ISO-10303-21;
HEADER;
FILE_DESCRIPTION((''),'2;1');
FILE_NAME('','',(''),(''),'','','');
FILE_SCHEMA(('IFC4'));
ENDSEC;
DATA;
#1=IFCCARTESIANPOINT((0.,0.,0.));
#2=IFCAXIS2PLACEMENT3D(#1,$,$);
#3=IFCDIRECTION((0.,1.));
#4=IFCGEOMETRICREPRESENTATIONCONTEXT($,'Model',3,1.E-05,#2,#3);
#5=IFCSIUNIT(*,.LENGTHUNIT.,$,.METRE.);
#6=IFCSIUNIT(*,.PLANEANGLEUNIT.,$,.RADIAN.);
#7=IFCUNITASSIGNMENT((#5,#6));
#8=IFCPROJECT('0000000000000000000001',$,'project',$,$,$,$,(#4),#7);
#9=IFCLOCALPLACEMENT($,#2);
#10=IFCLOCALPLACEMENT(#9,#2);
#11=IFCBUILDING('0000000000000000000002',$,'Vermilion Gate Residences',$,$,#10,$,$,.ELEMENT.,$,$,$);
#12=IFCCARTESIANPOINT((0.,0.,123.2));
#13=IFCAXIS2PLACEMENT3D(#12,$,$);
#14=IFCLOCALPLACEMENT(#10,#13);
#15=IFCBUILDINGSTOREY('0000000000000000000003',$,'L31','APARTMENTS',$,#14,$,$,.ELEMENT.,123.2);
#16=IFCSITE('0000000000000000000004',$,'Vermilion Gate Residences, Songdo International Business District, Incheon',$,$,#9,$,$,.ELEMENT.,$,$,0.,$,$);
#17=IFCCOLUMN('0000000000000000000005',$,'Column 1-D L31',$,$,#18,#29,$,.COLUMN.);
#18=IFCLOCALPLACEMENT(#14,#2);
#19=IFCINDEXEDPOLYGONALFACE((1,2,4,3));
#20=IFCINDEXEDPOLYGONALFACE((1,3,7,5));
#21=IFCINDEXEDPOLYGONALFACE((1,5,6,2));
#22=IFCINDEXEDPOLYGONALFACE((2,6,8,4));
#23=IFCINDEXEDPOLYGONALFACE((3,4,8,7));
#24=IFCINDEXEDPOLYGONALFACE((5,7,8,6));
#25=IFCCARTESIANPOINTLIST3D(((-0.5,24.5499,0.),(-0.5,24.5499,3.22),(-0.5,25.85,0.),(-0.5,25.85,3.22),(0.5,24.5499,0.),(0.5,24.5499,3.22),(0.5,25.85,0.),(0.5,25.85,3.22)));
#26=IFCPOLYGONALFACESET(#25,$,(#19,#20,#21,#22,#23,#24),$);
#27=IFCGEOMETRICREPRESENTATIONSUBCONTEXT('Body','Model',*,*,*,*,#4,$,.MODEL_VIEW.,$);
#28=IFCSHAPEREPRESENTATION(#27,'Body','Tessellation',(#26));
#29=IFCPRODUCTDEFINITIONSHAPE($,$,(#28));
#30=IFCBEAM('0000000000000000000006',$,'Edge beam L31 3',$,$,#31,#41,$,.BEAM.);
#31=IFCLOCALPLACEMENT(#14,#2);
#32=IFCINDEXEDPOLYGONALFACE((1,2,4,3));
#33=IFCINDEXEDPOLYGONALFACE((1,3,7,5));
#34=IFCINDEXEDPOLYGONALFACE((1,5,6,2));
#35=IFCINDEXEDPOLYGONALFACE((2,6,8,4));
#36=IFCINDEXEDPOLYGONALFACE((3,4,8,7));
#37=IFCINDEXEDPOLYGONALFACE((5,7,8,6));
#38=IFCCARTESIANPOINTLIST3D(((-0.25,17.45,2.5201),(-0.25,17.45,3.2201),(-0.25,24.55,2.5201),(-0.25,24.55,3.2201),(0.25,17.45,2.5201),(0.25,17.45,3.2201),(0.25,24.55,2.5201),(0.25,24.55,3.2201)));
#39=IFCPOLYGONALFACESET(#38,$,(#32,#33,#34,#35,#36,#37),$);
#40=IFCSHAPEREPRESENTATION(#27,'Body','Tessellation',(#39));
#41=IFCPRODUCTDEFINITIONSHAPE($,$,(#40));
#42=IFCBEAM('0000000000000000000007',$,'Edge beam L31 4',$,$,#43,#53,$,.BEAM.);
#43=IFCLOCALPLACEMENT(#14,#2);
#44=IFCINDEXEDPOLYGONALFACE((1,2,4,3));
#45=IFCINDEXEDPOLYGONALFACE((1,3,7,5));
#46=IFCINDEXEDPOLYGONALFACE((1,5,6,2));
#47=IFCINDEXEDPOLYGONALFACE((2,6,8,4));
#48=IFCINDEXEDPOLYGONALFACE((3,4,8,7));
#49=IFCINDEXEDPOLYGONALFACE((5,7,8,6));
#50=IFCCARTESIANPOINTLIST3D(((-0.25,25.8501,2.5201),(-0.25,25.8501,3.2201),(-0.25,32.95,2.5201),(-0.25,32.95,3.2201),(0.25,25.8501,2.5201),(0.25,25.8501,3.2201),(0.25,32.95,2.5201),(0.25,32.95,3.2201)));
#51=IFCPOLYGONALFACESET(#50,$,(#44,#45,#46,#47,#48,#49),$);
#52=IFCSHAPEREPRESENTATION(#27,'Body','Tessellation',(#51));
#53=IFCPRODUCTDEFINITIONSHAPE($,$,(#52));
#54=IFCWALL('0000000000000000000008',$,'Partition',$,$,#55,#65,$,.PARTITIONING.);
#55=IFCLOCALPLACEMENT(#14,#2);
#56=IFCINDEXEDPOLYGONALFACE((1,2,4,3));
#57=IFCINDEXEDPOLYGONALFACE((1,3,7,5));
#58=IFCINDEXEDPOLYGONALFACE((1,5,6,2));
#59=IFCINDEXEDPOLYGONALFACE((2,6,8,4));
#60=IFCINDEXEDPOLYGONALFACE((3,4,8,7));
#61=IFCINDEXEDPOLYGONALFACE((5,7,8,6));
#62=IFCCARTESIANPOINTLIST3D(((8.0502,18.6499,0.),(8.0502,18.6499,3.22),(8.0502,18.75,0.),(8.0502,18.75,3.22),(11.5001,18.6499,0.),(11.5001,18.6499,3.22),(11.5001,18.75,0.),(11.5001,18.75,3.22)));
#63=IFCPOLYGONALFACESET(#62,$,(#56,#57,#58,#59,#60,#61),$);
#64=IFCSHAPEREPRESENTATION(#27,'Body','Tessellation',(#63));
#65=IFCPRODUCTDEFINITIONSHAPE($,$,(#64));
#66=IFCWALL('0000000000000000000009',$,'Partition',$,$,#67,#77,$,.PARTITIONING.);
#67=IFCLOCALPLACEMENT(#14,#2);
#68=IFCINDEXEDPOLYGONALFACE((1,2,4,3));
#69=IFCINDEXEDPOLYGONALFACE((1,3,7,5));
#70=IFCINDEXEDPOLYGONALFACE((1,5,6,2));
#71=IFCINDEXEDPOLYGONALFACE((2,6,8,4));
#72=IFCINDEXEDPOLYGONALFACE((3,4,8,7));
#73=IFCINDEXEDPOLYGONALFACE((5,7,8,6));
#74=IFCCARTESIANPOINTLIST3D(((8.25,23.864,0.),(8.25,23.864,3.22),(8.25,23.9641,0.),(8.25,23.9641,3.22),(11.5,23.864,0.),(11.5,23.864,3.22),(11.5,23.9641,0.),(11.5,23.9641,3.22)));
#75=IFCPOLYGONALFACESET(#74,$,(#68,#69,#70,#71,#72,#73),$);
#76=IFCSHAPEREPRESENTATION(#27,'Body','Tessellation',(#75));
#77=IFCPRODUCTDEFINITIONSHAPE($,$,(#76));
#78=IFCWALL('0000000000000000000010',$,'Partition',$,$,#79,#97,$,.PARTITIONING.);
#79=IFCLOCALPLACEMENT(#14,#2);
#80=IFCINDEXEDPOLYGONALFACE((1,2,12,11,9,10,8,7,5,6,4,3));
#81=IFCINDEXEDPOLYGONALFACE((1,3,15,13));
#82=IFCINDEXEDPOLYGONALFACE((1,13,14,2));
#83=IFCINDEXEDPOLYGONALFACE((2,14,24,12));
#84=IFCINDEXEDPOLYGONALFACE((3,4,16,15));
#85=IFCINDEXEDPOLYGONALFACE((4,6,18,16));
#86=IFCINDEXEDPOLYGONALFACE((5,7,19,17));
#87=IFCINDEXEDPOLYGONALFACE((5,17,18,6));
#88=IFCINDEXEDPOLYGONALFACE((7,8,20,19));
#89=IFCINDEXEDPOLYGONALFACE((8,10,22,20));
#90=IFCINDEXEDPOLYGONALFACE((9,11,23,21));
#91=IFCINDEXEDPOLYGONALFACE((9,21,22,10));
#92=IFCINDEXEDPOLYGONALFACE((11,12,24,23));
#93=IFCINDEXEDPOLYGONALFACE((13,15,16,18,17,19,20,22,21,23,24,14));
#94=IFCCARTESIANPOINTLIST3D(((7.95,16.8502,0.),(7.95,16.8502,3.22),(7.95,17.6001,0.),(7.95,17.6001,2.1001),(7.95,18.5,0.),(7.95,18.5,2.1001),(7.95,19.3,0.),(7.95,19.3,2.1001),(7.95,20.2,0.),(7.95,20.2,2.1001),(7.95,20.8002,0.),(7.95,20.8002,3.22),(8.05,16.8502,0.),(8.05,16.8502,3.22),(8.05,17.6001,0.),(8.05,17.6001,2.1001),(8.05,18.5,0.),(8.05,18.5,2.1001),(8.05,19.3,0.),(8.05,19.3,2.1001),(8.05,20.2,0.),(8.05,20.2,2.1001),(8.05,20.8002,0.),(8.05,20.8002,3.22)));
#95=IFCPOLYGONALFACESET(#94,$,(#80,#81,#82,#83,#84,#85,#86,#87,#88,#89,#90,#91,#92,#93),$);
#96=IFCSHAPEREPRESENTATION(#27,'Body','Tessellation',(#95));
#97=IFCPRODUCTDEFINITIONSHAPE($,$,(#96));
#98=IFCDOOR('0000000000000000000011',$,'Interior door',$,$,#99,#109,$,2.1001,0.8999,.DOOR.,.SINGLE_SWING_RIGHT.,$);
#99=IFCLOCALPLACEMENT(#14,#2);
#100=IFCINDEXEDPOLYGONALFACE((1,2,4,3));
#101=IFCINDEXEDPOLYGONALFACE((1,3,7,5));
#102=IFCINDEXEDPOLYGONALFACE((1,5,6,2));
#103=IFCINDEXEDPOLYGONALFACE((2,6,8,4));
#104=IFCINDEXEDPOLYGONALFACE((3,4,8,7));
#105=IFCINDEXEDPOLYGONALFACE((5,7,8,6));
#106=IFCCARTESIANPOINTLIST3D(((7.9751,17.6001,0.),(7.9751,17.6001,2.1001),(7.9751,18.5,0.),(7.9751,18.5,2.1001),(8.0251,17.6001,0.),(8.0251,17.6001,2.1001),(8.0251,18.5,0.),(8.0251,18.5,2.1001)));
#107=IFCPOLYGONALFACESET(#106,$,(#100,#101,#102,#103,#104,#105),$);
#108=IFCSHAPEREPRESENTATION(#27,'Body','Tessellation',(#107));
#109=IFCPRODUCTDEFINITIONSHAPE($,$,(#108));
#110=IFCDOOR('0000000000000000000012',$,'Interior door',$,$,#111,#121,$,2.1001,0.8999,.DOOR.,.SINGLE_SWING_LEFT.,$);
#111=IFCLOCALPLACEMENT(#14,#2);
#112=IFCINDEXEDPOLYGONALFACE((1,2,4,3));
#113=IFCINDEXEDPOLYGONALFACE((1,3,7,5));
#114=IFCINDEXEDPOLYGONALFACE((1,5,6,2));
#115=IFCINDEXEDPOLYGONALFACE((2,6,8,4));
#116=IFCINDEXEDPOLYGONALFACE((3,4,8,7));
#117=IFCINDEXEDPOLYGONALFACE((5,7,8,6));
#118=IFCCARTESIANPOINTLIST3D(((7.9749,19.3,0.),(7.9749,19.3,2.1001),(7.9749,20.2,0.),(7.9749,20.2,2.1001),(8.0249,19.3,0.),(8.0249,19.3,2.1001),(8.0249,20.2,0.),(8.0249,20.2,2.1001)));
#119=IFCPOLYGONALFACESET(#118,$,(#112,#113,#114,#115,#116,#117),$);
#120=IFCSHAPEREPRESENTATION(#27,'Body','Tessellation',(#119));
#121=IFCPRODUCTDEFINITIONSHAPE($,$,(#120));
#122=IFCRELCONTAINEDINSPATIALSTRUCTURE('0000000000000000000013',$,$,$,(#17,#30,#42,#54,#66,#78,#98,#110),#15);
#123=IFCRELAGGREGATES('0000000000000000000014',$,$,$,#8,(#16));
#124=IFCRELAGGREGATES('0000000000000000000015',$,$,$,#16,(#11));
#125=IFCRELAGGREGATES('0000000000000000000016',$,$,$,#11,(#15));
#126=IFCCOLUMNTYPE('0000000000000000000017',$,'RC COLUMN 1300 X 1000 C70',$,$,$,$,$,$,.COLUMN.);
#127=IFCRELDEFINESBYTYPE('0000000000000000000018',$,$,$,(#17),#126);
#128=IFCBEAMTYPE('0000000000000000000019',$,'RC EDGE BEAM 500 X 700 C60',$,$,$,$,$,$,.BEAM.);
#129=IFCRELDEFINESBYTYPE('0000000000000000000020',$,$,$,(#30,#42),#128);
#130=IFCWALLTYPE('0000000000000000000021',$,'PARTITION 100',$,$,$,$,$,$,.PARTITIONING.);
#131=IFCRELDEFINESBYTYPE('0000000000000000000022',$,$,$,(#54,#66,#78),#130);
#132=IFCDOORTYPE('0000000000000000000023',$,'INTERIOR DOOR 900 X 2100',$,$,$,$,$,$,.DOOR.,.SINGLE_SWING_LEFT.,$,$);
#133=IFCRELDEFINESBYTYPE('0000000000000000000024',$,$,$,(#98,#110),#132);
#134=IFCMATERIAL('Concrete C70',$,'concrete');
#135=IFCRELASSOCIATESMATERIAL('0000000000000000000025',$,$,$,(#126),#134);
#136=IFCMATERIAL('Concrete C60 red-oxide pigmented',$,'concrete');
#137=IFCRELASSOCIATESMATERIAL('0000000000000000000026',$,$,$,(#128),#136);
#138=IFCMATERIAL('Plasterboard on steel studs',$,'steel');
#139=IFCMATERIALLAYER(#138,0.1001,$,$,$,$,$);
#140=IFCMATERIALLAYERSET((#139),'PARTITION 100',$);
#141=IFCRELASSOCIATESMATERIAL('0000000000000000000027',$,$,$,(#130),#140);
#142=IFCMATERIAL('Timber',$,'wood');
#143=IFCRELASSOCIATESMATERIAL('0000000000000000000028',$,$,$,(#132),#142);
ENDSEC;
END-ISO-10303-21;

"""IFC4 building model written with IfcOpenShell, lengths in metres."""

from ifc_helpers import new_model, si_unit, direction, frame, frame_2d, origin, origin_2d, place, context, subcontext, project, spatial, rectangle, extrude, material, layer, layer_set, material_profile, profile_set, type_object, element, fill, save


model = new_model("IFC4")

# Units and contexts
model_context = context("Model", 3, precision=1e-05, world=origin(), true_north=direction((0.0, 1.0)))
body_context = subcontext(model_context, "Body", "Model", "MODEL_VIEW")
ifc_project = project(units=[si_unit("LENGTHUNIT", "METRE"), si_unit("PLANEANGLEUNIT", "RADIAN")], contexts=[model_context])

# Site, building, storey
site_placement = place(None, origin())
site = spatial("IfcSite", under=ifc_project, at=site_placement, Name="Vermilion Gate Residences, Songdo International Business District, Incheon", CompositionType="ELEMENT", RefElevation=0.0)
building_placement = place(site_placement, origin())
building = spatial("IfcBuilding", under=site, at=building_placement, Name="Vermilion Gate Residences", CompositionType="ELEMENT")
storey_placement = place(building_placement, frame((0.0, 0.0, 123.2)))
storey = spatial("IfcBuildingStorey", under=building, at=storey_placement, Name="L31", Description="APARTMENTS", CompositionType="ELEMENT", Elevation=123.2)

# Column
ifc_material_1 = material(Name="Concrete C70", Category="concrete")
ifc_material_profile_1 = material_profile(ifc_material_1, rectangle(XDim=1.3, YDim=1.0, at=origin_2d()), Name="RC-1300x1000")
ifc_profile_set_1 = profile_set([ifc_material_profile_1], Name="Concrete C70")
column_type = type_object("IfcColumnType", Name="RC COLUMN 1300 X 1000 C70", PredefinedType="COLUMN", material=ifc_profile_set_1)
column_placement = place(storey_placement, frame((0.0, 25.2, 0.0), z_axis=(0.0, 0.0, 1.0), x_axis=(0.0, 1.0, 0.0)))
element("IfcColumn", 1, at=column_placement, inside=storey, type_object=column_type, Name="Column 1-D L31", PredefinedType="COLUMN", context=body_context, shape_type="SweptSolid", body=[
    extrude(rectangle(XDim=1.3, YDim=1.0, at=origin_2d()), origin(), (0.0, 0.0, 1.0), 3.22),
])

# Beams
ifc_material_2 = material(Name="Concrete C60 red-oxide pigmented", Category="concrete")
ifc_material_profile_2 = material_profile(ifc_material_2, rectangle(XDim=0.5, YDim=0.7, at=origin_2d()), Name="RC-500x700")
ifc_profile_set_2 = profile_set([ifc_material_profile_2], Name="Concrete C60 red-oxide pigmented")
beam_type = type_object("IfcBeamType", Name="RC EDGE BEAM 500 X 700 C60", PredefinedType="BEAM", material=ifc_profile_set_2)
beam_1_placement = place(storey_placement, frame((0.0, 17.45, 2.8701), z_axis=(0.0, 1.0, 0.0), x_axis=(-1.0, 0.0, 0.0)))
element("IfcBeam", 2, at=beam_1_placement, inside=storey, type_object=beam_type, Name="Edge beam L31 3", PredefinedType="BEAM", context=body_context, shape_type="SweptSolid", body=[
    extrude(rectangle(XDim=0.5, YDim=0.7, at=origin_2d()), origin(), (0.0, 0.0, 1.0), 7.1001),
])
beam_2_placement = place(storey_placement, frame((0.0, 25.8501, 2.8701), z_axis=(0.0, 1.0, 0.0), x_axis=(-1.0, 0.0, 0.0)))
element("IfcBeam", 3, at=beam_2_placement, inside=storey, type_object=beam_type, Name="Edge beam L31 4", PredefinedType="BEAM", context=body_context, shape_type="SweptSolid", body=[
    extrude(rectangle(XDim=0.5, YDim=0.7, at=origin_2d()), origin(), (0.0, 0.0, 1.0), 7.0999),
])

# Walls
ifc_material_3 = material(Name="Plasterboard on steel studs", Category="steel")
ifc_layer_1 = layer(ifc_material_3, 0.1001)
ifc_layer_set_1 = layer_set([ifc_layer_1], Name="PARTITION 100")
wall_type_1 = type_object("IfcWallType", Name="PARTITION 100", PredefinedType="PARTITIONING", material=ifc_layer_set_1)
wall_1_placement = place(storey_placement, frame((8.05, 18.7, 0.0), z_axis=(0.0, 0.0, 1.0), x_axis=(1.0, 0.0, 0.0)))
element("IfcWall", 4, at=wall_1_placement, inside=storey, type_object=wall_type_1, Name="Partition", PredefinedType="PARTITIONING", context=body_context, shape_type="SweptSolid", body=[
    extrude(rectangle(XDim=3.45, YDim=0.1001, at=frame_2d((1.7251, 0.0))), origin(), (0.0, 0.0, 1.0), 3.22),
])
wall_2_placement = place(storey_placement, frame((8.25, 23.9141, 0.0), z_axis=(0.0, 0.0, 1.0), x_axis=(1.0, 0.0, 0.0)))
element("IfcWall", 5, at=wall_2_placement, inside=storey, type_object=wall_type_1, Name="Partition", PredefinedType="PARTITIONING", context=body_context, shape_type="SweptSolid", body=[
    extrude(rectangle(XDim=3.25, YDim=0.1001, at=frame_2d((1.625, 0.0))), origin(), (0.0, 0.0, 1.0), 3.22),
])

# Wall, openings, doors
wall_3_placement = place(storey_placement, frame((8.0, 16.8501, 0.0), z_axis=(0.0, 0.0, 1.0), x_axis=(0.0, 1.0, 0.0)))
wall_3 = element("IfcWall", 6, at=wall_3_placement, inside=storey, type_object=wall_type_1, Name="Partition", PredefinedType="PARTITIONING", context=body_context, shape_type="SweptSolid", body=[
    extrude(rectangle(XDim=3.95, YDim=0.1001, at=frame_2d((1.9751, 0.0))), origin(), (0.0, 0.0, 1.0), 3.22),
])
opening_1_placement = place(wall_3_placement, frame((0.75, 0.0, 0.0)))
opening_1 = element("IfcOpeningElement", 7, at=opening_1_placement, cuts=wall_3, PredefinedType="OPENING", context=body_context, shape_type="SweptSolid", body=[
    extrude(rectangle(XDim=0.8999, YDim=2.1001, at=frame_2d((0.45, 1.05))), frame((0.0, 0.0601, 0.0), z_axis=(0.0, -1.0, 0.0), x_axis=(1.0, 0.0, 0.0)), (0.0, 0.0, 1.0), 0.1201),
])
opening_2_placement = place(wall_3_placement, frame((2.45, 0.0, 0.0)))
opening_2 = element("IfcOpeningElement", 8, at=opening_2_placement, cuts=wall_3, PredefinedType="OPENING", context=body_context, shape_type="SweptSolid", body=[
    extrude(rectangle(XDim=0.8999, YDim=2.1001, at=frame_2d((0.45, 1.05))), frame((0.0, 0.0601, 0.0), z_axis=(0.0, -1.0, 0.0), x_axis=(1.0, 0.0, 0.0)), (0.0, 0.0, 1.0), 0.1201),
])
ifc_material_4 = material(Name="Timber", Category="wood")
door_type = type_object("IfcDoorType", Name="INTERIOR DOOR 900 X 2100", OperationType="SINGLE_SWING_LEFT", PredefinedType="DOOR", material=ifc_material_4)
door_1_placement = place(opening_1_placement, origin())
door_1 = element("IfcDoor", 9, at=door_1_placement, inside=storey, type_object=door_type, Name="Interior door", OperationType="SINGLE_SWING_RIGHT", OverallHeight=2.1001, OverallWidth=0.8999, PredefinedType="DOOR", context=body_context, shape_type="SweptSolid", body=[
    extrude(rectangle(XDim=0.8999, YDim=2.1001, at=frame_2d((0.45, 1.05))), frame((0.0, 0.0249, 0.0), z_axis=(0.0, -1.0, 0.0), x_axis=(1.0, 0.0, 0.0)), (0.0, 0.0, 1.0), 0.05),
])
fill(opening_1, door_1)
door_2_placement = place(opening_2_placement, frame((0.8999, 0.0, 0.0), z_axis=(0.0, 0.0, 1.0), x_axis=(-1.0, 0.0, 0.0)))
door_2 = element("IfcDoor", 10, at=door_2_placement, inside=storey, type_object=door_type, Name="Interior door", OperationType="SINGLE_SWING_LEFT", OverallHeight=2.1001, OverallWidth=0.8999, PredefinedType="DOOR", context=body_context, shape_type="SweptSolid", body=[
    extrude(rectangle(XDim=0.8999, YDim=2.1001, at=frame_2d((0.45, 1.05))), frame((0.0, 0.0249, 0.0), z_axis=(0.0, -1.0, 0.0), x_axis=(1.0, 0.0, 0.0)), (0.0, 0.0, 1.0), 0.05),
])
fill(opening_2, door_2)

save(model, "model.ifc")
